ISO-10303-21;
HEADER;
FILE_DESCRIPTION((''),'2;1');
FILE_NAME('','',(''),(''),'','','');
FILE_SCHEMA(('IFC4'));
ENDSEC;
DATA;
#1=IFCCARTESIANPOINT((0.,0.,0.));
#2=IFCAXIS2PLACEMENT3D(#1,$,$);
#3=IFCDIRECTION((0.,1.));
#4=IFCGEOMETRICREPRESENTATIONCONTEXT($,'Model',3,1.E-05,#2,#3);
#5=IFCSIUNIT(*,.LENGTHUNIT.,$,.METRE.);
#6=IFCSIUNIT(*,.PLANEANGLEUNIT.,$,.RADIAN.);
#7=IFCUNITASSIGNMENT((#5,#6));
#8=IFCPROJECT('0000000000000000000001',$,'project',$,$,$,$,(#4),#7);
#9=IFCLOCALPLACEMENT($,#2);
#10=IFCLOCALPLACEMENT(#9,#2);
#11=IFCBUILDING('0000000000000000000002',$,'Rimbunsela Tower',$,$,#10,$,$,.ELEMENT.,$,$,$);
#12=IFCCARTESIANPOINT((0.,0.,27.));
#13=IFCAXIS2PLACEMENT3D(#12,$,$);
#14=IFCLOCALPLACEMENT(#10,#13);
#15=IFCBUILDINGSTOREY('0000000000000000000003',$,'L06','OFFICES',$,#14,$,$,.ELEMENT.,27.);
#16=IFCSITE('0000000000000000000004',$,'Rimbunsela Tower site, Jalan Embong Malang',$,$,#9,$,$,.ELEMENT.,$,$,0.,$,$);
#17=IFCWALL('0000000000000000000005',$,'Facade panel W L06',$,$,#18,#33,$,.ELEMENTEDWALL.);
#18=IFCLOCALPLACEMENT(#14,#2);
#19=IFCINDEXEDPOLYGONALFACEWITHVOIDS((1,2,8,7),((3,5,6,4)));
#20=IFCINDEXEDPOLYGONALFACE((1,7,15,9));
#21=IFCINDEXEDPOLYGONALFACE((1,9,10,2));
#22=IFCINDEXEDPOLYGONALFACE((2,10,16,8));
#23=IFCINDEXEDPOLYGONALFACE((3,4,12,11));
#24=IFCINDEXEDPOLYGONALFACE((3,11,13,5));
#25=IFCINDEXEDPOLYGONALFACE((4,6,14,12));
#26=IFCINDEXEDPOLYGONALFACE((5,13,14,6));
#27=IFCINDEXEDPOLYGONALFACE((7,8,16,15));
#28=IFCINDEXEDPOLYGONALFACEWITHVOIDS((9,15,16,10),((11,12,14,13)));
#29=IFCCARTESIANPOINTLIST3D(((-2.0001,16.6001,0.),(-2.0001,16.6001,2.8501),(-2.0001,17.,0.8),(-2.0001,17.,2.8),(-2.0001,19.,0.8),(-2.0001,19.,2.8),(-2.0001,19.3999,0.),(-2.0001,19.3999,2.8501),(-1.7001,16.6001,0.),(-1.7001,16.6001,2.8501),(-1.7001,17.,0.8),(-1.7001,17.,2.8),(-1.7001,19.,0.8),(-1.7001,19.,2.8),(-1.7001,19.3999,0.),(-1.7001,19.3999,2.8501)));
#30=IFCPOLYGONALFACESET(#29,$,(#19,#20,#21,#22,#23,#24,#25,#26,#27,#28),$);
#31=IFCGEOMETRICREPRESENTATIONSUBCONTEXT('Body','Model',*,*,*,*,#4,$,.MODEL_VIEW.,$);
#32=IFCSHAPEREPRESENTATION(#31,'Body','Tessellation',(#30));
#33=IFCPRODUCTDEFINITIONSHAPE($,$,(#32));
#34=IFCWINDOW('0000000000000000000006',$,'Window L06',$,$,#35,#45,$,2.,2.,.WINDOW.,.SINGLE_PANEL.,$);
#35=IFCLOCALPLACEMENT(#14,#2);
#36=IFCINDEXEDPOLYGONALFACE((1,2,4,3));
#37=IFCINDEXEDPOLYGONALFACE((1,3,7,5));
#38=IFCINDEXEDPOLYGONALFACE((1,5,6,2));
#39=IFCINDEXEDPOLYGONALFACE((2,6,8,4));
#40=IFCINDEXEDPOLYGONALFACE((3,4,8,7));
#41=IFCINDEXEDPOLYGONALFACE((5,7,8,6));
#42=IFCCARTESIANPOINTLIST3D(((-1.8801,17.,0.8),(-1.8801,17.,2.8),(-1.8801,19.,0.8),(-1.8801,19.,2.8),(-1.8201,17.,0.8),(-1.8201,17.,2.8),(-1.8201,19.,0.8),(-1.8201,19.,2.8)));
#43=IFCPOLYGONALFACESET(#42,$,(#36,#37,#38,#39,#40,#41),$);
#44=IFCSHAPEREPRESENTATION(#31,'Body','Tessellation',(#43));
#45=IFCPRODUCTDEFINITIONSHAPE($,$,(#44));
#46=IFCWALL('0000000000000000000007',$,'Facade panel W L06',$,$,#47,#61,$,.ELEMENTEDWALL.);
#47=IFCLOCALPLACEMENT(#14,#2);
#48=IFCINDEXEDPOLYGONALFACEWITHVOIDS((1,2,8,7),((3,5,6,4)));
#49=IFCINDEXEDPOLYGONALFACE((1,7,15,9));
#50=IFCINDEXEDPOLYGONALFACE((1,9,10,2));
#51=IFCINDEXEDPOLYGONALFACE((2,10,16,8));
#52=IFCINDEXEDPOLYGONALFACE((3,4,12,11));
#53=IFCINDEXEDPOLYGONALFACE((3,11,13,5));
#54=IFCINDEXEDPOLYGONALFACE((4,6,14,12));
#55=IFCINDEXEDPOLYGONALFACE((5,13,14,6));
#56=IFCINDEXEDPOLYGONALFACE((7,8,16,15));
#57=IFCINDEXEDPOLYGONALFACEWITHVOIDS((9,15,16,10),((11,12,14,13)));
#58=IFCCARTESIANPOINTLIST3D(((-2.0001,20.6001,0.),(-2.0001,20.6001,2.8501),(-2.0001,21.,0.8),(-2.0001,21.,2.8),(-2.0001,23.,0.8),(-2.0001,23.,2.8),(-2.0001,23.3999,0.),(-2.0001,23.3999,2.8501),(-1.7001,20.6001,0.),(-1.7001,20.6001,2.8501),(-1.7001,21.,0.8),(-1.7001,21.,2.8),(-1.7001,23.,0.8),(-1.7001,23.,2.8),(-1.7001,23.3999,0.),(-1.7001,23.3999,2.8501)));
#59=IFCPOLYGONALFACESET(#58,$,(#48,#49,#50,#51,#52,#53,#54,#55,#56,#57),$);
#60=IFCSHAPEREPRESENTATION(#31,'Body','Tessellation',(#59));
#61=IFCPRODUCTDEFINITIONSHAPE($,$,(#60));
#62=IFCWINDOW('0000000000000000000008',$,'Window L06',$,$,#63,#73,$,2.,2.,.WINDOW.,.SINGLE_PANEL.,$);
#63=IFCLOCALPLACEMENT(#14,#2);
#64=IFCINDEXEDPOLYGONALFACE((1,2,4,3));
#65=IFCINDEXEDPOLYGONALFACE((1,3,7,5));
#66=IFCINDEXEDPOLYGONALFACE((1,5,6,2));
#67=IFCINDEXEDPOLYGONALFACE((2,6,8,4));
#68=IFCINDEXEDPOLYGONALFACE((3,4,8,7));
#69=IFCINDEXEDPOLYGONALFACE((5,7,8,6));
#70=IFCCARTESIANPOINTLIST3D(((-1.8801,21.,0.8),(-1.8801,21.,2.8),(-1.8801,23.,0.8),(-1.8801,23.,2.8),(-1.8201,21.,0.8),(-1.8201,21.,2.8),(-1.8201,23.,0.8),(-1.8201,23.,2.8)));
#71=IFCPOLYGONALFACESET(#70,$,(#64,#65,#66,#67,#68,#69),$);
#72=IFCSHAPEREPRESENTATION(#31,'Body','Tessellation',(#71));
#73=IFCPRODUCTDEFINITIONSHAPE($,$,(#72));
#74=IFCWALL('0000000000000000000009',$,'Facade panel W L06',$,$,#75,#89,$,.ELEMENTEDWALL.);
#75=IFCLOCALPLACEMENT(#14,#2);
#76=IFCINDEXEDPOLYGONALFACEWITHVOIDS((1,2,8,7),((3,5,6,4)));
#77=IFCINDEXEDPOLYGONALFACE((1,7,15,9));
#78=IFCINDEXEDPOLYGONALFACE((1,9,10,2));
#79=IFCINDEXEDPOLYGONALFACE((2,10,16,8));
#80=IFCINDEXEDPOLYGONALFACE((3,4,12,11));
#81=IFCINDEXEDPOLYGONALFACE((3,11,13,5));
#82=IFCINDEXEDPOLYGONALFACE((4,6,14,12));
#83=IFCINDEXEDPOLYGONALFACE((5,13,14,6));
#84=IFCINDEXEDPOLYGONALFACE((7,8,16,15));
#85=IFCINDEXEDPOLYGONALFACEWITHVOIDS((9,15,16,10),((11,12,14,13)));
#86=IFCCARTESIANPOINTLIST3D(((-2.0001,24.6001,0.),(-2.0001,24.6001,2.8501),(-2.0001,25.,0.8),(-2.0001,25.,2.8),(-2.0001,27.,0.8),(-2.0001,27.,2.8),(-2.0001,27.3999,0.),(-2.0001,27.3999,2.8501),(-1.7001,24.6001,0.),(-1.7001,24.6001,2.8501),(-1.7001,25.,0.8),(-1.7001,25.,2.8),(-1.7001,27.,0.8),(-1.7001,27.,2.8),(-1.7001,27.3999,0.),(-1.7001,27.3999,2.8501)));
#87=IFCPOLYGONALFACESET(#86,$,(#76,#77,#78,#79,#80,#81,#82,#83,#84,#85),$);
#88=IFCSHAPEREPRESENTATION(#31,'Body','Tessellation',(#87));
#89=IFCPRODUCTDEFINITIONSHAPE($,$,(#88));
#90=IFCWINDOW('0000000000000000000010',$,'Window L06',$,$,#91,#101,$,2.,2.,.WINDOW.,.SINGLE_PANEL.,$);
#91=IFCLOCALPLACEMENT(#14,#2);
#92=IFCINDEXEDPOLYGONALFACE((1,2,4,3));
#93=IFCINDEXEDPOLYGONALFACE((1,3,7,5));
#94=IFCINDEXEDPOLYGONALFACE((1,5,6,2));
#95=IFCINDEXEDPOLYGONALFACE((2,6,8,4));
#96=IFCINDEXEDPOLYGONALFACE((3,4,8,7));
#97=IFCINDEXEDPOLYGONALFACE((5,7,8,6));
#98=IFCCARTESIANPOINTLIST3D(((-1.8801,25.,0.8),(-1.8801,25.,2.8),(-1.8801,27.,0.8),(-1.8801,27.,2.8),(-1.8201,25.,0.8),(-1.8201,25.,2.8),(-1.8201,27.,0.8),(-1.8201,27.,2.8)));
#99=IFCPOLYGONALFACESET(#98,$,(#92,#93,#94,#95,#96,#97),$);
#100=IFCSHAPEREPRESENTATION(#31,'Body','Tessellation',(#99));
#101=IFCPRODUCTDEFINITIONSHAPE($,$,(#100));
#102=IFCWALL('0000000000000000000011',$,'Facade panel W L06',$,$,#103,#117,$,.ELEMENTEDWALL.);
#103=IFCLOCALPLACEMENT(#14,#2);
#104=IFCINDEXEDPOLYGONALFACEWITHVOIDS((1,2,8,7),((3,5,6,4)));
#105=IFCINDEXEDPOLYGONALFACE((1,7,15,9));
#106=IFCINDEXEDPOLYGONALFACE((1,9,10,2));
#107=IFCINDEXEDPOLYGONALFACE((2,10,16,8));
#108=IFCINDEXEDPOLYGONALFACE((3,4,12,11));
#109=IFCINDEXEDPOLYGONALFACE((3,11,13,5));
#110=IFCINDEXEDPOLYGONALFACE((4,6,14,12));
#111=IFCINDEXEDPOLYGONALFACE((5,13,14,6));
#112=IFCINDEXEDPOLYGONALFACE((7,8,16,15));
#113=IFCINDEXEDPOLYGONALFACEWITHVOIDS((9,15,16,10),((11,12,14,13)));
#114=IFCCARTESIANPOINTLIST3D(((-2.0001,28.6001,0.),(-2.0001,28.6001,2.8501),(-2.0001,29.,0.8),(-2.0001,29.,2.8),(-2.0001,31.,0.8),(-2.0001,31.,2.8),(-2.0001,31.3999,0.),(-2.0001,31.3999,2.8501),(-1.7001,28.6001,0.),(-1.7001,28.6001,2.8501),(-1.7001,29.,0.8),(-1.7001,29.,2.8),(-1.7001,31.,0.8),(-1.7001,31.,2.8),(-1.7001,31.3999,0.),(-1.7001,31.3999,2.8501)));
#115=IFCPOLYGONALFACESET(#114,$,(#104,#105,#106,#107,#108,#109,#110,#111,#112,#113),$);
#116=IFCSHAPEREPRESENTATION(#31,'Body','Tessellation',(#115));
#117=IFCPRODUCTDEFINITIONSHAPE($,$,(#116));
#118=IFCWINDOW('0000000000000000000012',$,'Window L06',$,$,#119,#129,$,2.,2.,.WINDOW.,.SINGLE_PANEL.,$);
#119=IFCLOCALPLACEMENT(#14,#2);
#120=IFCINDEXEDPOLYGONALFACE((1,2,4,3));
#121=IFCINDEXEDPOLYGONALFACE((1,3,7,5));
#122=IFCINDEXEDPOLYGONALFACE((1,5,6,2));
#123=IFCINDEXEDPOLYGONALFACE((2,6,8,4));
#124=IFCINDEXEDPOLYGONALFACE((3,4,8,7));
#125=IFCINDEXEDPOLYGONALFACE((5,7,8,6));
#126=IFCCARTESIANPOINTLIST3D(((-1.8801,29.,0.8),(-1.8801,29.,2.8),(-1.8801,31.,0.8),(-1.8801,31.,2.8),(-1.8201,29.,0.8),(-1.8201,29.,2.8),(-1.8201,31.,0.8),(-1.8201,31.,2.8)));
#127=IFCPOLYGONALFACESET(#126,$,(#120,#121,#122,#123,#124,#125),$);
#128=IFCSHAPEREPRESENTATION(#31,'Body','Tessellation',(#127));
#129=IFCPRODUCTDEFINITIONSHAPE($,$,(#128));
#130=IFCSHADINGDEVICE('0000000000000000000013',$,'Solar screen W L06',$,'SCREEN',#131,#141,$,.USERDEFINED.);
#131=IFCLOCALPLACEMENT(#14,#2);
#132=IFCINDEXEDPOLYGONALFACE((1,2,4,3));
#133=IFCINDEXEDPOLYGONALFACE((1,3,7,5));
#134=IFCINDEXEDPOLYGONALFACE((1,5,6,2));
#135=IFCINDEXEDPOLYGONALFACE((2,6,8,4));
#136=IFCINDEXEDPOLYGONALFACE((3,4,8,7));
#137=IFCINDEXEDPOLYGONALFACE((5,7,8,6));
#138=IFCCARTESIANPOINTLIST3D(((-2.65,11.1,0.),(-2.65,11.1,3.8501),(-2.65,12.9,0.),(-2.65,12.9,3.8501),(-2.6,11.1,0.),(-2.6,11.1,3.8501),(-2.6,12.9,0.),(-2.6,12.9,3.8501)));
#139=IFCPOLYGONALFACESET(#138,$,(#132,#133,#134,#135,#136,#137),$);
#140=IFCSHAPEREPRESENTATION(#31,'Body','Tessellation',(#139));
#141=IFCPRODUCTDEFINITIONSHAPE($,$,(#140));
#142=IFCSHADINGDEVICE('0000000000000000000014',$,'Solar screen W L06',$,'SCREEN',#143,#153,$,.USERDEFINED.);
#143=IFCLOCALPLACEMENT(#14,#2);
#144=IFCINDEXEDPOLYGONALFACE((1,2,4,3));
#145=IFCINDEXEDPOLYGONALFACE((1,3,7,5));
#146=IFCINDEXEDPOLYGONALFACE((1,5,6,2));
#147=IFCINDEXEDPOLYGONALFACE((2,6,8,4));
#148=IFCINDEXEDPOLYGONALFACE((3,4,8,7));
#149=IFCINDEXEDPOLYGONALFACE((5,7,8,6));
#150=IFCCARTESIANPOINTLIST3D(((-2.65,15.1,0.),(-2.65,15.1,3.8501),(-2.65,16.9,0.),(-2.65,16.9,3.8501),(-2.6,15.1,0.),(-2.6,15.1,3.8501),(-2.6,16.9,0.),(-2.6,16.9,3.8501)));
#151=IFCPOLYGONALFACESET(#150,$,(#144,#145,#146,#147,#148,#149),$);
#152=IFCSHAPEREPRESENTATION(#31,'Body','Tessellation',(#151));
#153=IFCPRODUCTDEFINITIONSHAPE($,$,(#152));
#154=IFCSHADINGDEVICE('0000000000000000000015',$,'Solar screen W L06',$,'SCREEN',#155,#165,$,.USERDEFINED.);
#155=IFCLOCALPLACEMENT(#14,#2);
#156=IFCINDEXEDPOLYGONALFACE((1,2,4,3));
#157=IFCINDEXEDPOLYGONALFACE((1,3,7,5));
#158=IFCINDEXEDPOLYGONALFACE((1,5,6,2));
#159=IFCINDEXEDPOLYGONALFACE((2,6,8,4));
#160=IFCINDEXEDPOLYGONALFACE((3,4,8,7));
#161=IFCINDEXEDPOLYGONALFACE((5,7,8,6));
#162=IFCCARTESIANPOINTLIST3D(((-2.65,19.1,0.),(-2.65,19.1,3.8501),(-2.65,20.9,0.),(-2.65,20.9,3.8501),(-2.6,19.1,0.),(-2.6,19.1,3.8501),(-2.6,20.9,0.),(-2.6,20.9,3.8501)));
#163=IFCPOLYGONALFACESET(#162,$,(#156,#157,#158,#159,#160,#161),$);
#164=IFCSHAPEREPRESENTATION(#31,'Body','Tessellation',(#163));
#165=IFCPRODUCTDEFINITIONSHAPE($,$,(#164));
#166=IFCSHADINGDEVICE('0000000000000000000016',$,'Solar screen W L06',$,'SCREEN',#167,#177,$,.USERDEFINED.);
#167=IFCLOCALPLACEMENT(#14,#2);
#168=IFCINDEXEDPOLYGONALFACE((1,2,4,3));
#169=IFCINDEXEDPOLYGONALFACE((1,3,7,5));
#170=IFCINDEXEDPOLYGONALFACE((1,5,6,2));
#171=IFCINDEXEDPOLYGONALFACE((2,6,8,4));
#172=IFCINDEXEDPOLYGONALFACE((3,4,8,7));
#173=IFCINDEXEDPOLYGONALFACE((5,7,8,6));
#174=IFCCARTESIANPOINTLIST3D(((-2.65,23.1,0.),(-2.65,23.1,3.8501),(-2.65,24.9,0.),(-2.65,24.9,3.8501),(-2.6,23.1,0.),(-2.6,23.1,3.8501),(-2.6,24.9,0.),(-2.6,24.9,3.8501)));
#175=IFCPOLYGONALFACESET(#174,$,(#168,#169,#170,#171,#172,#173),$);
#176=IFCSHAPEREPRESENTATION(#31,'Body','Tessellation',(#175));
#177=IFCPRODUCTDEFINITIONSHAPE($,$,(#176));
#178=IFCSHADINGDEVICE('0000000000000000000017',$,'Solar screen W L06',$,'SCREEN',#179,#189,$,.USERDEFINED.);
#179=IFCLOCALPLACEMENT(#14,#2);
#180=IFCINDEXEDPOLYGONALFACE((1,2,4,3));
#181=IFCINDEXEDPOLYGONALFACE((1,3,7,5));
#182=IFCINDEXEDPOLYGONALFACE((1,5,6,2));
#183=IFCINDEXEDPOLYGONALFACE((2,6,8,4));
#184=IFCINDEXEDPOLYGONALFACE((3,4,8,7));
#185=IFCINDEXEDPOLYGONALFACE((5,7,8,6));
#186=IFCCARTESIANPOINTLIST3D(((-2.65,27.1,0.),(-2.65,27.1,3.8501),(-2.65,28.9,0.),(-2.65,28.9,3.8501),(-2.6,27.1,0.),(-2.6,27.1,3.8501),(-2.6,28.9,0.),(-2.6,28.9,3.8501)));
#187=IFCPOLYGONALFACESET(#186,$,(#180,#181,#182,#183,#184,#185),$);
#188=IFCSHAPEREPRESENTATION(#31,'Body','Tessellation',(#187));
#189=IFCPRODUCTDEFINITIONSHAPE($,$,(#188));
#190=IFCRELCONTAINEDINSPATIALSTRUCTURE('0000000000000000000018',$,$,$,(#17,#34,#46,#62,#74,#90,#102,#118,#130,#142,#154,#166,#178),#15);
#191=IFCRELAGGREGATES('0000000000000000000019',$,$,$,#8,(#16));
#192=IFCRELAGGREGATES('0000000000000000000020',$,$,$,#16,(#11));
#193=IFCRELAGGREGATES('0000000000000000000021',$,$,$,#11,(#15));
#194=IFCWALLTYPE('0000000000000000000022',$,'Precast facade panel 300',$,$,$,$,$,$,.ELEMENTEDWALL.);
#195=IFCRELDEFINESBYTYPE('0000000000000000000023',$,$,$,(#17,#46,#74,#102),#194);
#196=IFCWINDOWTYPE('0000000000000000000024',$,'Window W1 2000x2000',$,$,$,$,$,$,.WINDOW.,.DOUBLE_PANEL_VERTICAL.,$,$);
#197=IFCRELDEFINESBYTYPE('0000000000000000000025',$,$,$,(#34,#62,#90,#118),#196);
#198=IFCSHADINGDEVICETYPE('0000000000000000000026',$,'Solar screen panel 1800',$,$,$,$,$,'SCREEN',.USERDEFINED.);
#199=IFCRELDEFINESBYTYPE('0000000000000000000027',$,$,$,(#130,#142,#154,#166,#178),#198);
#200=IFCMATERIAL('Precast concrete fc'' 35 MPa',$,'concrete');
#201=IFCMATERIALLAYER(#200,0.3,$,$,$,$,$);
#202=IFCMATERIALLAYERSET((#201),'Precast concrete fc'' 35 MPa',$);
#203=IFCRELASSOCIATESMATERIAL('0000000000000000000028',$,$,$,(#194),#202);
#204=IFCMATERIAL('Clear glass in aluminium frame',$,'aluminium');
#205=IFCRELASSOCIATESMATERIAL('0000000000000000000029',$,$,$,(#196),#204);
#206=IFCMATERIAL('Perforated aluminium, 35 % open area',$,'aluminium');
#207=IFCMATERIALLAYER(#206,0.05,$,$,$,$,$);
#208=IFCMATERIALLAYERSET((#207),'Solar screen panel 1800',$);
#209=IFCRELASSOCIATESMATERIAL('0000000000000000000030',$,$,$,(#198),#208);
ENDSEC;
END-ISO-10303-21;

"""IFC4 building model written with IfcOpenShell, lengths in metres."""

from ifc_helpers import new_model, si_unit, direction, frame, frame_2d, origin, origin_2d, place, context, subcontext, project, spatial, rectangle, extrude, material, layer, layer_set, type_object, element, fill, save


model = new_model("IFC4")

# Units and contexts
model_context = context("Model", 3, precision=1e-05, world=origin(), true_north=direction((0.0, 1.0)))
body_context = subcontext(model_context, "Body", "Model", "MODEL_VIEW")
ifc_project = project(units=[si_unit("LENGTHUNIT", "METRE"), si_unit("PLANEANGLEUNIT", "RADIAN")], contexts=[model_context])

# Site, building, storey
site_placement = place(None, origin())
site = spatial("IfcSite", under=ifc_project, at=site_placement, Name="Rimbunsela Tower site, Jalan Embong Malang", CompositionType="ELEMENT", RefElevation=0.0)
building_placement = place(site_placement, origin())
building = spatial("IfcBuilding", under=site, at=building_placement, Name="Rimbunsela Tower", CompositionType="ELEMENT")
storey_placement = place(building_placement, frame((0.0, 0.0, 27.0)))
storey = spatial("IfcBuildingStorey", under=building, at=storey_placement, Name="L06", Description="OFFICES", CompositionType="ELEMENT", Elevation=27.0)

# Walls, openings, windows
ifc_material_1 = material(Name="Precast concrete fc' 35 MPa", Category="concrete")
ifc_layer_1 = layer(ifc_material_1, 0.3)
ifc_layer_set_1 = layer_set([ifc_layer_1], Name="Precast concrete fc' 35 MPa")
wall_type = type_object("IfcWallType", Name="Precast facade panel 300", PredefinedType="ELEMENTEDWALL", material=ifc_layer_set_1)
ifc_material_2 = material(Name="Clear glass in aluminium frame", Category="aluminium")
window_type = type_object("IfcWindowType", Name="Window W1 2000x2000", PartitioningType="DOUBLE_PANEL_VERTICAL", PredefinedType="WINDOW", material=ifc_material_2)
wall_1_placement = place(storey_placement, frame((-1.8501, 19.3999, 0.0), z_axis=(0.0, 0.0, 1.0), x_axis=(0.0, -1.0, 0.0)))
wall_1 = element("IfcWall", 1, at=wall_1_placement, inside=storey, type_object=wall_type, Name="Facade panel W L06", PredefinedType="ELEMENTEDWALL", context=body_context, shape_type="SweptSolid", body=[
    extrude(rectangle(XDim=2.7998, YDim=0.3, at=frame_2d((1.3999, 0.0))), origin(), (0.0, 0.0, 1.0), 2.8501),
])
opening_1_placement = place(wall_1_placement, frame((0.3999, 0.0, 0.8)))
opening_1 = element("IfcOpeningElement", 2, at=opening_1_placement, cuts=wall_1, PredefinedType="OPENING", context=body_context, shape_type="SweptSolid", body=[
    extrude(rectangle(XDim=2.0, YDim=2.0, at=frame_2d((1.0, 1.0))), frame((0.0, 0.1599, 0.0), z_axis=(0.0, -1.0, 0.0), x_axis=(1.0, 0.0, 0.0)), (0.0, 0.0, 1.0), 0.3201),
])
window_1_placement = place(opening_1_placement, origin())
window_1 = element("IfcWindow", 3, at=window_1_placement, inside=storey, type_object=window_type, Name="Window L06", OverallHeight=2.0, OverallWidth=2.0, PartitioningType="SINGLE_PANEL", PredefinedType="WINDOW", context=body_context, shape_type="SweptSolid", body=[
    extrude(rectangle(XDim=2.0, YDim=2.0, at=frame_2d((1.0, 1.0))), frame((0.0, 0.03, 0.0), z_axis=(0.0, -1.0, 0.0), x_axis=(1.0, 0.0, 0.0)), (0.0, 0.0, 1.0), 0.0601),
])
fill(opening_1, window_1)
wall_2_placement = place(storey_placement, frame((-1.8501, 23.3999, 0.0), z_axis=(0.0, 0.0, 1.0), x_axis=(0.0, -1.0, 0.0)))
wall_2 = element("IfcWall", 4, at=wall_2_placement, inside=storey, type_object=wall_type, Name="Facade panel W L06", PredefinedType="ELEMENTEDWALL", context=body_context, shape_type="SweptSolid", body=[
    extrude(rectangle(XDim=2.7998, YDim=0.3, at=frame_2d((1.3999, 0.0))), origin(), (0.0, 0.0, 1.0), 2.8501),
])
opening_2_placement = place(wall_2_placement, frame((0.3999, 0.0, 0.8)))
opening_2 = element("IfcOpeningElement", 5, at=opening_2_placement, cuts=wall_2, PredefinedType="OPENING", context=body_context, shape_type="SweptSolid", body=[
    extrude(rectangle(XDim=2.0, YDim=2.0, at=frame_2d((1.0, 1.0))), frame((0.0, 0.1599, 0.0), z_axis=(0.0, -1.0, 0.0), x_axis=(1.0, 0.0, 0.0)), (0.0, 0.0, 1.0), 0.3201),
])
window_2_placement = place(opening_2_placement, origin())
window_2 = element("IfcWindow", 6, at=window_2_placement, inside=storey, type_object=window_type, Name="Window L06", OverallHeight=2.0, OverallWidth=2.0, PartitioningType="SINGLE_PANEL", PredefinedType="WINDOW", context=body_context, shape_type="SweptSolid", body=[
    extrude(rectangle(XDim=2.0, YDim=2.0, at=frame_2d((1.0, 1.0))), frame((0.0, 0.03, 0.0), z_axis=(0.0, -1.0, 0.0), x_axis=(1.0, 0.0, 0.0)), (0.0, 0.0, 1.0), 0.0601),
])
fill(opening_2, window_2)
wall_3_placement = place(storey_placement, frame((-1.8501, 27.3999, 0.0), z_axis=(0.0, 0.0, 1.0), x_axis=(0.0, -1.0, 0.0)))
wall_3 = element("IfcWall", 7, at=wall_3_placement, inside=storey, type_object=wall_type, Name="Facade panel W L06", PredefinedType="ELEMENTEDWALL", context=body_context, shape_type="SweptSolid", body=[
    extrude(rectangle(XDim=2.7998, YDim=0.3, at=frame_2d((1.3999, 0.0))), origin(), (0.0, 0.0, 1.0), 2.8501),
])
opening_3_placement = place(wall_3_placement, frame((0.3999, 0.0, 0.8)))
opening_3 = element("IfcOpeningElement", 8, at=opening_3_placement, cuts=wall_3, PredefinedType="OPENING", context=body_context, shape_type="SweptSolid", body=[
    extrude(rectangle(XDim=2.0, YDim=2.0, at=frame_2d((1.0, 1.0))), frame((0.0, 0.1599, 0.0), z_axis=(0.0, -1.0, 0.0), x_axis=(1.0, 0.0, 0.0)), (0.0, 0.0, 1.0), 0.3201),
])
window_3_placement = place(opening_3_placement, origin())
window_3 = element("IfcWindow", 9, at=window_3_placement, inside=storey, type_object=window_type, Name="Window L06", OverallHeight=2.0, OverallWidth=2.0, PartitioningType="SINGLE_PANEL", PredefinedType="WINDOW", context=body_context, shape_type="SweptSolid", body=[
    extrude(rectangle(XDim=2.0, YDim=2.0, at=frame_2d((1.0, 1.0))), frame((0.0, 0.03, 0.0), z_axis=(0.0, -1.0, 0.0), x_axis=(1.0, 0.0, 0.0)), (0.0, 0.0, 1.0), 0.0601),
])
fill(opening_3, window_3)
wall_4_placement = place(storey_placement, frame((-1.8501, 31.3999, 0.0), z_axis=(0.0, 0.0, 1.0), x_axis=(0.0, -1.0, 0.0)))
wall_4 = element("IfcWall", 10, at=wall_4_placement, inside=storey, type_object=wall_type, Name="Facade panel W L06", PredefinedType="ELEMENTEDWALL", context=body_context, shape_type="SweptSolid", body=[
    extrude(rectangle(XDim=2.7998, YDim=0.3, at=frame_2d((1.3999, 0.0))), origin(), (0.0, 0.0, 1.0), 2.8501),
])
opening_4_placement = place(wall_4_placement, frame((0.3999, 0.0, 0.8)))
opening_4 = element("IfcOpeningElement", 11, at=opening_4_placement, cuts=wall_4, PredefinedType="OPENING", context=body_context, shape_type="SweptSolid", body=[
    extrude(rectangle(XDim=2.0, YDim=2.0, at=frame_2d((1.0, 1.0))), frame((0.0, 0.1599, 0.0), z_axis=(0.0, -1.0, 0.0), x_axis=(1.0, 0.0, 0.0)), (0.0, 0.0, 1.0), 0.3201),
])
window_4_placement = place(opening_4_placement, origin())
window_4 = element("IfcWindow", 12, at=window_4_placement, inside=storey, type_object=window_type, Name="Window L06", OverallHeight=2.0, OverallWidth=2.0, PartitioningType="SINGLE_PANEL", PredefinedType="WINDOW", context=body_context, shape_type="SweptSolid", body=[
    extrude(rectangle(XDim=2.0, YDim=2.0, at=frame_2d((1.0, 1.0))), frame((0.0, 0.03, 0.0), z_axis=(0.0, -1.0, 0.0), x_axis=(1.0, 0.0, 0.0)), (0.0, 0.0, 1.0), 0.0601),
])
fill(opening_4, window_4)

# Shading devices
ifc_material_3 = material(Name="Perforated aluminium, 35 % open area", Category="aluminium")
ifc_layer_2 = layer(ifc_material_3, 0.05)
ifc_layer_set_2 = layer_set([ifc_layer_2], Name="Solar screen panel 1800")
shading_device_type = type_object("IfcShadingDeviceType", Name="Solar screen panel 1800", ElementType="SCREEN", PredefinedType="USERDEFINED", material=ifc_layer_set_2)
for number, where, z_axis, x_axis, name in (
    (13, (-2.625, 12.0, 0.0), (0.0, 0.0, 1.0), (0.0, 1.0, 0.0), "Solar screen W L06"),
    (14, (-2.625, 16.0, 0.0), (0.0, 0.0, 1.0), (0.0, 1.0, 0.0), "Solar screen W L06"),
    (15, (-2.625, 20.0, 0.0), (0.0, 0.0, 1.0), (0.0, 1.0, 0.0), "Solar screen W L06"),
    (16, (-2.625, 24.0, 0.0), (0.0, 0.0, 1.0), (0.0, 1.0, 0.0), "Solar screen W L06"),
    (17, (-2.625, 28.0, 0.0), (0.0, 0.0, 1.0), (0.0, 1.0, 0.0), "Solar screen W L06"),
):
    element("IfcShadingDevice", number, at=place(storey_placement, frame(where, z_axis=z_axis, x_axis=x_axis)), inside=storey, type_object=shading_device_type, Name=name, ObjectType="SCREEN", PredefinedType="USERDEFINED", context=body_context, shape_type="SweptSolid", body=[
        extrude(rectangle(XDim=1.8, YDim=0.05, at=origin_2d()), origin(), (0.0, 0.0, 1.0), 3.8501),
    ])

save(model, "model.ifc")
